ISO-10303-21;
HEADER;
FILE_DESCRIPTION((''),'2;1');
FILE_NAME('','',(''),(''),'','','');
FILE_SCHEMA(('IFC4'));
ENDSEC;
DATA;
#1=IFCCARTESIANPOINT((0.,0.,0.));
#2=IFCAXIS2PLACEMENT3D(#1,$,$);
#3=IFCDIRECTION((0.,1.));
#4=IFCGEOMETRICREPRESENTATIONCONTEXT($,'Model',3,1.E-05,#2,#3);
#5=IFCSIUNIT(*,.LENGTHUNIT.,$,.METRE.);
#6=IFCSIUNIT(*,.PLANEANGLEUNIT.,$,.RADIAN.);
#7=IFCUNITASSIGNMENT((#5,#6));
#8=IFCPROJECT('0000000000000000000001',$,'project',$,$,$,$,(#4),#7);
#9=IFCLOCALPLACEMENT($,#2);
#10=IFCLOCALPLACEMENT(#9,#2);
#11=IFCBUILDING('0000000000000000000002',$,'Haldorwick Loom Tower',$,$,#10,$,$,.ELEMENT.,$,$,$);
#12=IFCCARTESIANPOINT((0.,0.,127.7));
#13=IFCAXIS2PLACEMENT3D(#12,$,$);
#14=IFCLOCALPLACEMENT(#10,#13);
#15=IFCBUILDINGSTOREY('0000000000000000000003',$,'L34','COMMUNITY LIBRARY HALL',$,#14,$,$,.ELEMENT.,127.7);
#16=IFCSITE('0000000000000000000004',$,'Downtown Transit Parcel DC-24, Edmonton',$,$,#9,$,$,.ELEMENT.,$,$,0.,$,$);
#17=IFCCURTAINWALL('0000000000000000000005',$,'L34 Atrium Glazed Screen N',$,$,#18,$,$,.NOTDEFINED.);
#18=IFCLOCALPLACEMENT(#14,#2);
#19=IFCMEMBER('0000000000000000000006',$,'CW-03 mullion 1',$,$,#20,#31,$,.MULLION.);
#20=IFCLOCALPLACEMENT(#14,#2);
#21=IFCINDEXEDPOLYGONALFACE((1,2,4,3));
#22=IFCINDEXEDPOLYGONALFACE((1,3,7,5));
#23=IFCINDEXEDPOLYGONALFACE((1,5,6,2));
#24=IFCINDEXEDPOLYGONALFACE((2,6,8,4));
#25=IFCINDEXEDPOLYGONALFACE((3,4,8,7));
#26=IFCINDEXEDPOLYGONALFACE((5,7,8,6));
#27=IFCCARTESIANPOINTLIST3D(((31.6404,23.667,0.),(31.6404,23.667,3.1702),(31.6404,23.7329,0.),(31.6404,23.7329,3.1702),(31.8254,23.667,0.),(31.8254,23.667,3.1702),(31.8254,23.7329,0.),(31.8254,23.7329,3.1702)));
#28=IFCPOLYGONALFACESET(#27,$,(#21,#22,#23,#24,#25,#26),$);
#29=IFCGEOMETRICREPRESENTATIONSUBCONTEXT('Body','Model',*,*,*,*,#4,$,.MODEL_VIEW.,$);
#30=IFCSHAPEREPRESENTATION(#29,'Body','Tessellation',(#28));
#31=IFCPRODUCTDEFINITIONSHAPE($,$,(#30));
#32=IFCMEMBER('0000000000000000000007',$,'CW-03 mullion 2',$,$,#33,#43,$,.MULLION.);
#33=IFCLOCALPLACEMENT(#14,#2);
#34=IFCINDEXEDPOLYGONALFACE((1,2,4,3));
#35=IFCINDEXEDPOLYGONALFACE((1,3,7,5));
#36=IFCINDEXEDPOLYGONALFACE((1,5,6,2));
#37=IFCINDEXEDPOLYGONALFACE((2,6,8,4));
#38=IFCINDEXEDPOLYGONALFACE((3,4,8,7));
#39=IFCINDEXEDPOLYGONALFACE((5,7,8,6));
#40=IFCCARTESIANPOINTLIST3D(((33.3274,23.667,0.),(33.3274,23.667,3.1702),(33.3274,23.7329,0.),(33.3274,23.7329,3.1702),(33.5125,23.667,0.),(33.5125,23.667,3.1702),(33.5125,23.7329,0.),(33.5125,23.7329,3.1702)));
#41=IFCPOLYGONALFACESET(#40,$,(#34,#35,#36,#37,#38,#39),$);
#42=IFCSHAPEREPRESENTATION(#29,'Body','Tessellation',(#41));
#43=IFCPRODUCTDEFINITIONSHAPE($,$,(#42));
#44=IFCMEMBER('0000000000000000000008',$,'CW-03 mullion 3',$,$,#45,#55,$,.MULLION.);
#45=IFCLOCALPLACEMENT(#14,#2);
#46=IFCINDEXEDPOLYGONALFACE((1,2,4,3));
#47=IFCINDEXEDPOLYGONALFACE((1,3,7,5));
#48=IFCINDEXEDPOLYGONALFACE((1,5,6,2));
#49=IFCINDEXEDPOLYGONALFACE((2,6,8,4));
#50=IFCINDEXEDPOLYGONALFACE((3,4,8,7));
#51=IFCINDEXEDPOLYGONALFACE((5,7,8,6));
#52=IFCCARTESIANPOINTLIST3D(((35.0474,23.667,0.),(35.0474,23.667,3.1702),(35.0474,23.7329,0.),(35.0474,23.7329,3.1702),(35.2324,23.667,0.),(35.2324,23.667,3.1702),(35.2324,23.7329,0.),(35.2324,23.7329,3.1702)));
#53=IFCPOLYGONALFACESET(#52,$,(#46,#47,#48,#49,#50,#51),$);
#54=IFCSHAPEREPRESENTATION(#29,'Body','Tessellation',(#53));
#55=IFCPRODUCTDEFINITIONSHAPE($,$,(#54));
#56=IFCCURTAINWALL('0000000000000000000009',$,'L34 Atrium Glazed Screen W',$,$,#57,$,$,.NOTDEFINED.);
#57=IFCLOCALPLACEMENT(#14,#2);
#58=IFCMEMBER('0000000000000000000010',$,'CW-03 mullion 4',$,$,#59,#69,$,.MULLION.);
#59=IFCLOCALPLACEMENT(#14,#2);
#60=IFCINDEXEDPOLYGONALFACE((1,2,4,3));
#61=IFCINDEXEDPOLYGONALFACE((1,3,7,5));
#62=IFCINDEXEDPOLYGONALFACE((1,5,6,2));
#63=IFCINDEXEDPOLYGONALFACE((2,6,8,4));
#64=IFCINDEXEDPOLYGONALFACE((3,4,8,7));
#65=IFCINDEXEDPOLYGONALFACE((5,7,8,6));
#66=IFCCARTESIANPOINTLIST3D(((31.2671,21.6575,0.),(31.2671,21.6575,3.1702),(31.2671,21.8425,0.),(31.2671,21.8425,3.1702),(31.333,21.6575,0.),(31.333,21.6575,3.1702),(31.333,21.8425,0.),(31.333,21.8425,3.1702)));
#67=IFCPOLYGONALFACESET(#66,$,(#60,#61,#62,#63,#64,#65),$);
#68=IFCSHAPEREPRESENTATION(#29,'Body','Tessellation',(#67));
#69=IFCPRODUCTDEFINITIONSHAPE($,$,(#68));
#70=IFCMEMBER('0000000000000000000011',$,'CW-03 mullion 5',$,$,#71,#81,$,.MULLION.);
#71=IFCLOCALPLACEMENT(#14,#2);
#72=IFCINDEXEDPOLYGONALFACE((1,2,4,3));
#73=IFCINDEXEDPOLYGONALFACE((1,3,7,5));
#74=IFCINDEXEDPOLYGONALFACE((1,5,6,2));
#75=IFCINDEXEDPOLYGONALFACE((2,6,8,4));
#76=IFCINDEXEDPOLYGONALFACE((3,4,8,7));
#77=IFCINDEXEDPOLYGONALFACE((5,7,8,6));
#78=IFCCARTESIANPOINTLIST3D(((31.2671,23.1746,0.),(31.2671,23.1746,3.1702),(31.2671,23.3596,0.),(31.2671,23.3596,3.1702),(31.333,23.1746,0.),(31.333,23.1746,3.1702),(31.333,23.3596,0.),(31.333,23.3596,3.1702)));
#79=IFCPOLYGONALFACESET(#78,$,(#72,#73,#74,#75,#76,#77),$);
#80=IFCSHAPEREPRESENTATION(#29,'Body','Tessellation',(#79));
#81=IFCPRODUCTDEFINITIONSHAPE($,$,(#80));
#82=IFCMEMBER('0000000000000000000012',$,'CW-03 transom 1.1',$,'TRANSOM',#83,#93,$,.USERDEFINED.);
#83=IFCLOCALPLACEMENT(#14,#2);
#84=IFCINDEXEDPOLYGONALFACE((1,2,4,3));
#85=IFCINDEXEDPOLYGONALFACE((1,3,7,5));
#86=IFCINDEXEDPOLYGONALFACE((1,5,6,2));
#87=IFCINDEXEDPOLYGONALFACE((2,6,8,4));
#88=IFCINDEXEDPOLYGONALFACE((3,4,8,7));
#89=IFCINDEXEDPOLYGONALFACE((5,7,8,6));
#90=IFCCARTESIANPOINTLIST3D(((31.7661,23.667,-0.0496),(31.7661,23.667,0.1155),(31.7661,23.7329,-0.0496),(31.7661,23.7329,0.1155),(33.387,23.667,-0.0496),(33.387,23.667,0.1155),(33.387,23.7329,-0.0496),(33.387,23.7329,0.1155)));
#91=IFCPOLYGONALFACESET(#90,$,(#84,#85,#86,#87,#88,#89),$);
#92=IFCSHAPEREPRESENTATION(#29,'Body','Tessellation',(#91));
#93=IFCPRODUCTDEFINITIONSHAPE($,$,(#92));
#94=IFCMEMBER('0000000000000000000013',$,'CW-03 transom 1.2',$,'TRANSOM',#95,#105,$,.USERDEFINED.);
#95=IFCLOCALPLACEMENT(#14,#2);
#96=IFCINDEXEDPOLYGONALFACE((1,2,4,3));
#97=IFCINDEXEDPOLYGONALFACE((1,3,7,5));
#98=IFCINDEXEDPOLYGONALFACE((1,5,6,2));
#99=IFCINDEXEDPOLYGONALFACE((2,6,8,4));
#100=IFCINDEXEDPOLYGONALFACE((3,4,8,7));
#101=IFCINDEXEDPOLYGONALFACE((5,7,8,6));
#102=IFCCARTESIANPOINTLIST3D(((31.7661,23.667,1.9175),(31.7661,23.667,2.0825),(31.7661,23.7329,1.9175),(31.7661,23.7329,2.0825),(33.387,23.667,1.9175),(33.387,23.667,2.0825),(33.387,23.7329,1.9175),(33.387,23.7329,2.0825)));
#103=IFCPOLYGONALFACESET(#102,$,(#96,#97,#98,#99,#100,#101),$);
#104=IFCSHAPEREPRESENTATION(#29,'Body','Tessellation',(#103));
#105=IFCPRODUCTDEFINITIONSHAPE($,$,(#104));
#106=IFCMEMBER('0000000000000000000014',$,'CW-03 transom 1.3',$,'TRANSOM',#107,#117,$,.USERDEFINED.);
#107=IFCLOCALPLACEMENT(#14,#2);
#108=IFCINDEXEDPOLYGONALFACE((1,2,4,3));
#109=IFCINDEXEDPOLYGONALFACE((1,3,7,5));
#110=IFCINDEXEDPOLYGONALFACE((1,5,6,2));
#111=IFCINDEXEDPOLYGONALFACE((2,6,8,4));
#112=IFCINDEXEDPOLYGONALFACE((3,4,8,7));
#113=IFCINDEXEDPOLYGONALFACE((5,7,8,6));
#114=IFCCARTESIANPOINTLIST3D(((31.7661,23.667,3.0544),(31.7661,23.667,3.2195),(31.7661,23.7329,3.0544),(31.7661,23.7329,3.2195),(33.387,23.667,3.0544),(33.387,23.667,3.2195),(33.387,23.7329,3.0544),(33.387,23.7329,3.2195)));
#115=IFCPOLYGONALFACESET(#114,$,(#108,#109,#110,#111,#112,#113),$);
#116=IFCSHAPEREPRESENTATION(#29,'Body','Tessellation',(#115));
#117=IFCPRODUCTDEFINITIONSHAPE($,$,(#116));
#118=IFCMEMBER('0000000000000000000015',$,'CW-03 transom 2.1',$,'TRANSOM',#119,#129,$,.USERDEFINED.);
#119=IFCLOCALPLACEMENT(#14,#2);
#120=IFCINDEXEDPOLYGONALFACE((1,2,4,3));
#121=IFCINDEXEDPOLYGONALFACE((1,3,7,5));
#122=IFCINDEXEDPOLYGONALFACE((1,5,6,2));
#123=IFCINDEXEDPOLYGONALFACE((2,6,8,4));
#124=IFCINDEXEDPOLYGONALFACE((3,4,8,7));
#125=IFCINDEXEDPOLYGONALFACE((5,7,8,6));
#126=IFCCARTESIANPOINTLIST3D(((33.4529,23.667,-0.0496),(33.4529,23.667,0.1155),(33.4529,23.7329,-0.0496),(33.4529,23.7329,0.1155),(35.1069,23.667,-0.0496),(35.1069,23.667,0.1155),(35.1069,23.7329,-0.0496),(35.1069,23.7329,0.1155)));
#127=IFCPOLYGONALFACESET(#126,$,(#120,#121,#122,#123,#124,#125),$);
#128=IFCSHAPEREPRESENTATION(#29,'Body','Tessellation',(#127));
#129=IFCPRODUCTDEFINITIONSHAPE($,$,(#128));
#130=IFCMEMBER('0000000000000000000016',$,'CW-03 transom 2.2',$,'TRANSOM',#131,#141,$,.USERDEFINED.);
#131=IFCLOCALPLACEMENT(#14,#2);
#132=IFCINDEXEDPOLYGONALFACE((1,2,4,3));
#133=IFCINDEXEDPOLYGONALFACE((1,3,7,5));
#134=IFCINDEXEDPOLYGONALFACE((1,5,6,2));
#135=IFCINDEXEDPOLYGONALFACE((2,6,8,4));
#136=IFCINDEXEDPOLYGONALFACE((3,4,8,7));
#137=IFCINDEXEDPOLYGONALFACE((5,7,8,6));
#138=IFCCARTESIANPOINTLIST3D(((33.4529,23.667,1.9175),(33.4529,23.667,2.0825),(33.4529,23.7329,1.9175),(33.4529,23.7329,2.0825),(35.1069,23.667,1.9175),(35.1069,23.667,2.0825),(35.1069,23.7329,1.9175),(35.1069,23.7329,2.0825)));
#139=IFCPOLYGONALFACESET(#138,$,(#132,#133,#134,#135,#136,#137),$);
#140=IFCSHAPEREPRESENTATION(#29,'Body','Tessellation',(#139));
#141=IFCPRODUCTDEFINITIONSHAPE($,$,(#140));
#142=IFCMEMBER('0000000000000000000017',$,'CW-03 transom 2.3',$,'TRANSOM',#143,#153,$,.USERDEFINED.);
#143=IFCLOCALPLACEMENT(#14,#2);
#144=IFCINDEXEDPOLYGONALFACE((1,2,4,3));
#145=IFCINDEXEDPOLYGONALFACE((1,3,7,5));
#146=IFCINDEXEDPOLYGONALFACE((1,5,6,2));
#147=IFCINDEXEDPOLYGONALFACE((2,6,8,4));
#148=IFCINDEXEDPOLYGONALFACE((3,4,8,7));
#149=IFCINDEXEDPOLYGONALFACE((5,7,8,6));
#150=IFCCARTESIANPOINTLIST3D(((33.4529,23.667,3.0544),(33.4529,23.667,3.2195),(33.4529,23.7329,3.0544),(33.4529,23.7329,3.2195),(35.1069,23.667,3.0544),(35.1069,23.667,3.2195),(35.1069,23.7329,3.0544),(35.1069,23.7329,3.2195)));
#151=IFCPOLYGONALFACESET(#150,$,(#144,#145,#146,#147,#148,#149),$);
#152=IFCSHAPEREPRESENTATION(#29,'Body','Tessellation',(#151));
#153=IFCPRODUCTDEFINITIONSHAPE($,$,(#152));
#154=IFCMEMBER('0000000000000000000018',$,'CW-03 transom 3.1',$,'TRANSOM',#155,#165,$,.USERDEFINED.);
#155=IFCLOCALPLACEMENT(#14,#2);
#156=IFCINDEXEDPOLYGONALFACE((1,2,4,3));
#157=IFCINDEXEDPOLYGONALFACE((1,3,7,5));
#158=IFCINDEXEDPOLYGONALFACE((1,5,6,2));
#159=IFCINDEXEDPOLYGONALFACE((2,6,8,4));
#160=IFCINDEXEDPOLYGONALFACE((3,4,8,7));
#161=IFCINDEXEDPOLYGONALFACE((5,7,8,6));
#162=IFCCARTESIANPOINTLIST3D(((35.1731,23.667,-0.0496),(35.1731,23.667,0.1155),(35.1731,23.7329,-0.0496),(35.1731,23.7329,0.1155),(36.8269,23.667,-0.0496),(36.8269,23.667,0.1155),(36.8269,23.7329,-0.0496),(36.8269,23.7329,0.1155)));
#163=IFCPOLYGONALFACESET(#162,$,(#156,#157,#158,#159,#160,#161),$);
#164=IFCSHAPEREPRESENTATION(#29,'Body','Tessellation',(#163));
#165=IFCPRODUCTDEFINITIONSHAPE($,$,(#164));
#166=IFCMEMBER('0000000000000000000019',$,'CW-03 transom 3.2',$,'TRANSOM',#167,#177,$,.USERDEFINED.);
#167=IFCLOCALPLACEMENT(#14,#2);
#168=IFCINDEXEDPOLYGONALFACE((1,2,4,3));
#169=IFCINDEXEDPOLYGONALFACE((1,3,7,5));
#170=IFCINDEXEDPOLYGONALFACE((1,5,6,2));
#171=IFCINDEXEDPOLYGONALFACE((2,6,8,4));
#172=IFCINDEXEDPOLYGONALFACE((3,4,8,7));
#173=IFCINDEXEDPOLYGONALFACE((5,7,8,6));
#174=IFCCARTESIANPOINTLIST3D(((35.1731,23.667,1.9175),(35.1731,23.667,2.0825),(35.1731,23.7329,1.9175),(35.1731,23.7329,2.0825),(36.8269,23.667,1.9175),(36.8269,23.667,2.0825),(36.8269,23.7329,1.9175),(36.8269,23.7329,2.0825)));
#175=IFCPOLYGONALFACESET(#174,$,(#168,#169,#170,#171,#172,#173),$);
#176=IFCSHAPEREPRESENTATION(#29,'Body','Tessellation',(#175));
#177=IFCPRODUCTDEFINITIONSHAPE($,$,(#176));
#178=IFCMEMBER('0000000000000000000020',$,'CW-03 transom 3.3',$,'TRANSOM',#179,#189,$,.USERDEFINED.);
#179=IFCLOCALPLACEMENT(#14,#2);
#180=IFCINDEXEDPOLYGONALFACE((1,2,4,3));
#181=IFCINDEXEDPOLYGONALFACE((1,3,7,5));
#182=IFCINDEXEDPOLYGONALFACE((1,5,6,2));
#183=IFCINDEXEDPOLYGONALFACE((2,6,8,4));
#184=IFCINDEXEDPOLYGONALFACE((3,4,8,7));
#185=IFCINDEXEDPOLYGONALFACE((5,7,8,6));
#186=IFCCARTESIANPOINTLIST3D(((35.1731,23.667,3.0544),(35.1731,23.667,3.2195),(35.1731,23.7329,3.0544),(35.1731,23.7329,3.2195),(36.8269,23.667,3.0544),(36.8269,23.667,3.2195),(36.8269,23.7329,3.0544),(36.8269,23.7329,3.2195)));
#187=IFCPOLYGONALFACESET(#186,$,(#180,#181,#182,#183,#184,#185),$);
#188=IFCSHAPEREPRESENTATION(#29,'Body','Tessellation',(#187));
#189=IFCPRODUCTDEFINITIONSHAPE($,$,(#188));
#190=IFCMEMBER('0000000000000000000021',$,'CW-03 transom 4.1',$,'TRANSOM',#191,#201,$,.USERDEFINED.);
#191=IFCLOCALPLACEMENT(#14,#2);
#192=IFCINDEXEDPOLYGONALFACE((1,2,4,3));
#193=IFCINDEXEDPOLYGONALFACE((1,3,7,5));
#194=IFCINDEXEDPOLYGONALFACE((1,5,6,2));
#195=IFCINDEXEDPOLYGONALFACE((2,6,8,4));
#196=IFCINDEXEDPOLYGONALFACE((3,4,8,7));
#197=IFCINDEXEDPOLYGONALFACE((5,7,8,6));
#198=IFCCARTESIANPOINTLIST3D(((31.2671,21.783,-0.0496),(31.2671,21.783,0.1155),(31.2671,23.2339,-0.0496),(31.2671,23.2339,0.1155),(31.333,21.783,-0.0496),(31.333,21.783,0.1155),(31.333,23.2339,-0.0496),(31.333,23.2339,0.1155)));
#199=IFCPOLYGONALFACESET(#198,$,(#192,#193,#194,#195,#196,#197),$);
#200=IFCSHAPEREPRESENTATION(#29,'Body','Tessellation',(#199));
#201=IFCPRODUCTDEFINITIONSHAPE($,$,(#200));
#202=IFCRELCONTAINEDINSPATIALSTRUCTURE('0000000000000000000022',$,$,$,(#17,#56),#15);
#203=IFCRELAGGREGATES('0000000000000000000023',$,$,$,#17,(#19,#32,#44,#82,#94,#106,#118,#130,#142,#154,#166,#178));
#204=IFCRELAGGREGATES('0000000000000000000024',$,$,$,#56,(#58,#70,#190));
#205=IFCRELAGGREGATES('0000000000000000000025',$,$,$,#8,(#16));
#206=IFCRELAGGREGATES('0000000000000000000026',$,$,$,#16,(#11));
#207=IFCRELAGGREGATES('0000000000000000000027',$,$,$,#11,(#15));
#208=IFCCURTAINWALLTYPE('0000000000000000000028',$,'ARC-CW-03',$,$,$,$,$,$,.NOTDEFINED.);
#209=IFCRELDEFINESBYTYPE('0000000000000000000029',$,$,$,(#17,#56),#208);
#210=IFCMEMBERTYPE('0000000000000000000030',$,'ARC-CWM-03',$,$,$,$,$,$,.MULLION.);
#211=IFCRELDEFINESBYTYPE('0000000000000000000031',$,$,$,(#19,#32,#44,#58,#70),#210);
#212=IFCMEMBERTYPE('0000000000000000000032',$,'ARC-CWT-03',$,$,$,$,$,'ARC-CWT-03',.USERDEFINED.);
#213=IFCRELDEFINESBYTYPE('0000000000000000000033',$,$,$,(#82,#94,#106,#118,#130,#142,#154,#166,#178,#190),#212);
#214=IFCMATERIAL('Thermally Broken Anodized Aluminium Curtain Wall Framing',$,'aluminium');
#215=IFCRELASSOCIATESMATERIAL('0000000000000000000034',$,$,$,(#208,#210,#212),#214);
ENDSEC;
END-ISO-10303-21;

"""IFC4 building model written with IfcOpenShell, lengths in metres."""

from ifc_helpers import new_model, si_unit, direction, frame, origin, origin_2d, place, context, subcontext, project, spatial, rectangle, extrude, material, material_profile, profile_set, type_object, element, aggregate, save


model = new_model("IFC4")

# Units and contexts
model_context = context("Model", 3, precision=1e-05, world=origin(), true_north=direction((0.0, 1.0)))
body_context = subcontext(model_context, "Body", "Model", "MODEL_VIEW")
ifc_project = project(units=[si_unit("LENGTHUNIT", "METRE"), si_unit("PLANEANGLEUNIT", "RADIAN")], contexts=[model_context])

# Site, building, storey
site_placement = place(None, origin())
site = spatial("IfcSite", under=ifc_project, at=site_placement, Name="Downtown Transit Parcel DC-24, Edmonton", CompositionType="ELEMENT", RefElevation=0.0)
building_placement = place(site_placement, origin())
building = spatial("IfcBuilding", under=site, at=building_placement, Name="Haldorwick Loom Tower", CompositionType="ELEMENT")
storey_placement = place(building_placement, frame((0.0, 0.0, 127.7)))
storey = spatial("IfcBuildingStorey", under=building, at=storey_placement, Name="L34", Description="COMMUNITY LIBRARY HALL", CompositionType="ELEMENT", Elevation=127.7)

# Curtain walls, members
ifc_material_1 = material(Name="Thermally Broken Anodized Aluminium Curtain Wall Framing", Category="aluminium")
curtain_wall_type = type_object("IfcCurtainWallType", Name="ARC-CW-03", PredefinedType="NOTDEFINED", material=ifc_material_1)
curtain_wall_1_placement = place(storey_placement, origin())
curtain_wall_1 = element("IfcCurtainWall", 1, at=curtain_wall_1_placement, inside=storey, type_object=curtain_wall_type, Name="L34 Atrium Glazed Screen N", PredefinedType="NOTDEFINED")
ifc_material_profile_1 = material_profile(ifc_material_1, rectangle(XDim=0.0659, YDim=0.1851, at=origin_2d()), Name="ALU_MUL_66X185", Category="aluminium")
ifc_profile_set_1 = profile_set([ifc_material_profile_1], Name="Thermally Broken Anodized Aluminium Curtain Wall Framing")
member_type_1 = type_object("IfcMemberType", Name="ARC-CWM-03", PredefinedType="MULLION", material=ifc_profile_set_1)
member_1_placement = place(storey_placement, frame((31.7329, 23.7, 0.0), z_axis=(0.0, 0.0, 1.0), x_axis=(0.0, 1.0, 0.0)))
member_1 = element("IfcMember", 2, at=member_1_placement, type_object=member_type_1, Name="CW-03 mullion 1", PredefinedType="MULLION", context=body_context, shape_type="SweptSolid", body=[
    extrude(rectangle(XDim=0.0659, YDim=0.1851, at=origin_2d()), origin(), (0.0, 0.0, 1.0), 3.1702),
])
member_2_placement = place(storey_placement, frame((33.4199, 23.7, 0.0), z_axis=(0.0, 0.0, 1.0), x_axis=(0.0, 1.0, 0.0)))
member_2 = element("IfcMember", 3, at=member_2_placement, type_object=member_type_1, Name="CW-03 mullion 2", PredefinedType="MULLION", context=body_context, shape_type="SweptSolid", body=[
    extrude(rectangle(XDim=0.0659, YDim=0.1851, at=origin_2d()), origin(), (0.0, 0.0, 1.0), 3.1702),
])
member_3_placement = place(storey_placement, frame((35.1399, 23.7, 0.0), z_axis=(0.0, 0.0, 1.0), x_axis=(0.0, 1.0, 0.0)))
member_3 = element("IfcMember", 4, at=member_3_placement, type_object=member_type_1, Name="CW-03 mullion 3", PredefinedType="MULLION", context=body_context, shape_type="SweptSolid", body=[
    extrude(rectangle(XDim=0.0659, YDim=0.1851, at=origin_2d()), origin(), (0.0, 0.0, 1.0), 3.1702),
])
curtain_wall_2_placement = place(storey_placement, origin())
curtain_wall_2 = element("IfcCurtainWall", 5, at=curtain_wall_2_placement, inside=storey, type_object=curtain_wall_type, Name="L34 Atrium Glazed Screen W", PredefinedType="NOTDEFINED")
member_4_placement = place(storey_placement, frame((31.3, 21.75, 0.0), z_axis=(0.0, 0.0, 1.0), x_axis=(-1.0, 0.0, 0.0)))
member_4 = element("IfcMember", 6, at=member_4_placement, type_object=member_type_1, Name="CW-03 mullion 4", PredefinedType="MULLION", context=body_context, shape_type="SweptSolid", body=[
    extrude(rectangle(XDim=0.0659, YDim=0.1851, at=origin_2d()), origin(), (0.0, 0.0, 1.0), 3.1702),
])
member_5_placement = place(storey_placement, frame((31.3, 23.2671, 0.0), z_axis=(0.0, 0.0, 1.0), x_axis=(-1.0, 0.0, 0.0)))
member_5 = element("IfcMember", 7, at=member_5_placement, type_object=member_type_1, Name="CW-03 mullion 5", PredefinedType="MULLION", context=body_context, shape_type="SweptSolid", body=[
    extrude(rectangle(XDim=0.0659, YDim=0.1851, at=origin_2d()), origin(), (0.0, 0.0, 1.0), 3.1702),
])

# Members
ifc_material_profile_2 = material_profile(ifc_material_1, rectangle(XDim=0.0659, YDim=0.165, at=origin_2d()), Name="ALU_TRN_66X165", Category="aluminium")
ifc_profile_set_2 = profile_set([ifc_material_profile_2], Name="Thermally Broken Anodized Aluminium Curtain Wall Framing")
member_type_2 = type_object("IfcMemberType", Name="ARC-CWT-03", ElementType="ARC-CWT-03", PredefinedType="USERDEFINED", material=ifc_profile_set_2)
member_6_placement = place(storey_placement, frame((31.7661, 23.7, 0.033), z_axis=(1.0, 0.0, 0.0), x_axis=(0.0, 1.0, 0.0)))
member_6 = element("IfcMember", 8, at=member_6_placement, type_object=member_type_2, Name="CW-03 transom 1.1", ObjectType="TRANSOM", PredefinedType="USERDEFINED", context=body_context, shape_type="SweptSolid", body=[
    extrude(rectangle(XDim=0.0659, YDim=0.165, at=origin_2d()), origin(), (0.0, 0.0, 1.0), 1.6208),
])
member_7_placement = place(storey_placement, frame((31.7661, 23.7, 2.0), z_axis=(1.0, 0.0, 0.0), x_axis=(0.0, 1.0, 0.0)))
member_7 = element("IfcMember", 9, at=member_7_placement, type_object=member_type_2, Name="CW-03 transom 1.2", ObjectType="TRANSOM", PredefinedType="USERDEFINED", context=body_context, shape_type="SweptSolid", body=[
    extrude(rectangle(XDim=0.0659, YDim=0.165, at=origin_2d()), origin(), (0.0, 0.0, 1.0), 1.6208),
])
member_8_placement = place(storey_placement, frame((31.7661, 23.7, 3.137), z_axis=(1.0, 0.0, 0.0), x_axis=(0.0, 1.0, 0.0)))
member_8 = element("IfcMember", 10, at=member_8_placement, type_object=member_type_2, Name="CW-03 transom 1.3", ObjectType="TRANSOM", PredefinedType="USERDEFINED", context=body_context, shape_type="SweptSolid", body=[
    extrude(rectangle(XDim=0.0659, YDim=0.165, at=origin_2d()), origin(), (0.0, 0.0, 1.0), 1.6208),
])
member_9_placement = place(storey_placement, frame((33.4529, 23.7, 0.033), z_axis=(1.0, 0.0, 0.0), x_axis=(0.0, 1.0, 0.0)))
member_9 = element("IfcMember", 11, at=member_9_placement, type_object=member_type_2, Name="CW-03 transom 2.1", ObjectType="TRANSOM", PredefinedType="USERDEFINED", context=body_context, shape_type="SweptSolid", body=[
    extrude(rectangle(XDim=0.0659, YDim=0.165, at=origin_2d()), origin(), (0.0, 0.0, 1.0), 1.6541),
])
member_10_placement = place(storey_placement, frame((33.4529, 23.7, 2.0), z_axis=(1.0, 0.0, 0.0), x_axis=(0.0, 1.0, 0.0)))
member_10 = element("IfcMember", 12, at=member_10_placement, type_object=member_type_2, Name="CW-03 transom 2.2", ObjectType="TRANSOM", PredefinedType="USERDEFINED", context=body_context, shape_type="SweptSolid", body=[
    extrude(rectangle(XDim=0.0659, YDim=0.165, at=origin_2d()), origin(), (0.0, 0.0, 1.0), 1.6541),
])
member_11_placement = place(storey_placement, frame((33.4529, 23.7, 3.137), z_axis=(1.0, 0.0, 0.0), x_axis=(0.0, 1.0, 0.0)))
member_11 = element("IfcMember", 13, at=member_11_placement, type_object=member_type_2, Name="CW-03 transom 2.3", ObjectType="TRANSOM", PredefinedType="USERDEFINED", context=body_context, shape_type="SweptSolid", body=[
    extrude(rectangle(XDim=0.0659, YDim=0.165, at=origin_2d()), origin(), (0.0, 0.0, 1.0), 1.6541),
])
member_12_placement = place(storey_placement, frame((35.1731, 23.7, 0.033), z_axis=(1.0, 0.0, 0.0), x_axis=(0.0, 1.0, 0.0)))
member_12 = element("IfcMember", 14, at=member_12_placement, type_object=member_type_2, Name="CW-03 transom 3.1", ObjectType="TRANSOM", PredefinedType="USERDEFINED", context=body_context, shape_type="SweptSolid", body=[
    extrude(rectangle(XDim=0.0659, YDim=0.165, at=origin_2d()), origin(), (0.0, 0.0, 1.0), 1.6538),
])
member_13_placement = place(storey_placement, frame((35.1731, 23.7, 2.0), z_axis=(1.0, 0.0, 0.0), x_axis=(0.0, 1.0, 0.0)))
member_13 = element("IfcMember", 15, at=member_13_placement, type_object=member_type_2, Name="CW-03 transom 3.2", ObjectType="TRANSOM", PredefinedType="USERDEFINED", context=body_context, shape_type="SweptSolid", body=[
    extrude(rectangle(XDim=0.0659, YDim=0.165, at=origin_2d()), origin(), (0.0, 0.0, 1.0), 1.6538),
])
member_14_placement = place(storey_placement, frame((35.1731, 23.7, 3.137), z_axis=(1.0, 0.0, 0.0), x_axis=(0.0, 1.0, 0.0)))
member_14 = element("IfcMember", 16, at=member_14_placement, type_object=member_type_2, Name="CW-03 transom 3.3", ObjectType="TRANSOM", PredefinedType="USERDEFINED", context=body_context, shape_type="SweptSolid", body=[
    extrude(rectangle(XDim=0.0659, YDim=0.165, at=origin_2d()), origin(), (0.0, 0.0, 1.0), 1.6538),
])
member_15_placement = place(storey_placement, frame((31.3, 21.783, 0.033), z_axis=(0.0, 1.0, 0.0), x_axis=(-1.0, 0.0, 0.0)))
member_15 = element("IfcMember", 17, at=member_15_placement, type_object=member_type_2, Name="CW-03 transom 4.1", ObjectType="TRANSOM", PredefinedType="USERDEFINED", context=body_context, shape_type="SweptSolid", body=[
    extrude(rectangle(XDim=0.0659, YDim=0.165, at=origin_2d()), origin(), (0.0, 0.0, 1.0), 1.4509),
])

aggregate(curtain_wall_1, [member_1, member_2, member_3, member_6, member_7, member_8, member_9, member_10, member_11, member_12, member_13, member_14])
aggregate(curtain_wall_2, [member_4, member_5, member_15])

save(model, "model.ifc")
